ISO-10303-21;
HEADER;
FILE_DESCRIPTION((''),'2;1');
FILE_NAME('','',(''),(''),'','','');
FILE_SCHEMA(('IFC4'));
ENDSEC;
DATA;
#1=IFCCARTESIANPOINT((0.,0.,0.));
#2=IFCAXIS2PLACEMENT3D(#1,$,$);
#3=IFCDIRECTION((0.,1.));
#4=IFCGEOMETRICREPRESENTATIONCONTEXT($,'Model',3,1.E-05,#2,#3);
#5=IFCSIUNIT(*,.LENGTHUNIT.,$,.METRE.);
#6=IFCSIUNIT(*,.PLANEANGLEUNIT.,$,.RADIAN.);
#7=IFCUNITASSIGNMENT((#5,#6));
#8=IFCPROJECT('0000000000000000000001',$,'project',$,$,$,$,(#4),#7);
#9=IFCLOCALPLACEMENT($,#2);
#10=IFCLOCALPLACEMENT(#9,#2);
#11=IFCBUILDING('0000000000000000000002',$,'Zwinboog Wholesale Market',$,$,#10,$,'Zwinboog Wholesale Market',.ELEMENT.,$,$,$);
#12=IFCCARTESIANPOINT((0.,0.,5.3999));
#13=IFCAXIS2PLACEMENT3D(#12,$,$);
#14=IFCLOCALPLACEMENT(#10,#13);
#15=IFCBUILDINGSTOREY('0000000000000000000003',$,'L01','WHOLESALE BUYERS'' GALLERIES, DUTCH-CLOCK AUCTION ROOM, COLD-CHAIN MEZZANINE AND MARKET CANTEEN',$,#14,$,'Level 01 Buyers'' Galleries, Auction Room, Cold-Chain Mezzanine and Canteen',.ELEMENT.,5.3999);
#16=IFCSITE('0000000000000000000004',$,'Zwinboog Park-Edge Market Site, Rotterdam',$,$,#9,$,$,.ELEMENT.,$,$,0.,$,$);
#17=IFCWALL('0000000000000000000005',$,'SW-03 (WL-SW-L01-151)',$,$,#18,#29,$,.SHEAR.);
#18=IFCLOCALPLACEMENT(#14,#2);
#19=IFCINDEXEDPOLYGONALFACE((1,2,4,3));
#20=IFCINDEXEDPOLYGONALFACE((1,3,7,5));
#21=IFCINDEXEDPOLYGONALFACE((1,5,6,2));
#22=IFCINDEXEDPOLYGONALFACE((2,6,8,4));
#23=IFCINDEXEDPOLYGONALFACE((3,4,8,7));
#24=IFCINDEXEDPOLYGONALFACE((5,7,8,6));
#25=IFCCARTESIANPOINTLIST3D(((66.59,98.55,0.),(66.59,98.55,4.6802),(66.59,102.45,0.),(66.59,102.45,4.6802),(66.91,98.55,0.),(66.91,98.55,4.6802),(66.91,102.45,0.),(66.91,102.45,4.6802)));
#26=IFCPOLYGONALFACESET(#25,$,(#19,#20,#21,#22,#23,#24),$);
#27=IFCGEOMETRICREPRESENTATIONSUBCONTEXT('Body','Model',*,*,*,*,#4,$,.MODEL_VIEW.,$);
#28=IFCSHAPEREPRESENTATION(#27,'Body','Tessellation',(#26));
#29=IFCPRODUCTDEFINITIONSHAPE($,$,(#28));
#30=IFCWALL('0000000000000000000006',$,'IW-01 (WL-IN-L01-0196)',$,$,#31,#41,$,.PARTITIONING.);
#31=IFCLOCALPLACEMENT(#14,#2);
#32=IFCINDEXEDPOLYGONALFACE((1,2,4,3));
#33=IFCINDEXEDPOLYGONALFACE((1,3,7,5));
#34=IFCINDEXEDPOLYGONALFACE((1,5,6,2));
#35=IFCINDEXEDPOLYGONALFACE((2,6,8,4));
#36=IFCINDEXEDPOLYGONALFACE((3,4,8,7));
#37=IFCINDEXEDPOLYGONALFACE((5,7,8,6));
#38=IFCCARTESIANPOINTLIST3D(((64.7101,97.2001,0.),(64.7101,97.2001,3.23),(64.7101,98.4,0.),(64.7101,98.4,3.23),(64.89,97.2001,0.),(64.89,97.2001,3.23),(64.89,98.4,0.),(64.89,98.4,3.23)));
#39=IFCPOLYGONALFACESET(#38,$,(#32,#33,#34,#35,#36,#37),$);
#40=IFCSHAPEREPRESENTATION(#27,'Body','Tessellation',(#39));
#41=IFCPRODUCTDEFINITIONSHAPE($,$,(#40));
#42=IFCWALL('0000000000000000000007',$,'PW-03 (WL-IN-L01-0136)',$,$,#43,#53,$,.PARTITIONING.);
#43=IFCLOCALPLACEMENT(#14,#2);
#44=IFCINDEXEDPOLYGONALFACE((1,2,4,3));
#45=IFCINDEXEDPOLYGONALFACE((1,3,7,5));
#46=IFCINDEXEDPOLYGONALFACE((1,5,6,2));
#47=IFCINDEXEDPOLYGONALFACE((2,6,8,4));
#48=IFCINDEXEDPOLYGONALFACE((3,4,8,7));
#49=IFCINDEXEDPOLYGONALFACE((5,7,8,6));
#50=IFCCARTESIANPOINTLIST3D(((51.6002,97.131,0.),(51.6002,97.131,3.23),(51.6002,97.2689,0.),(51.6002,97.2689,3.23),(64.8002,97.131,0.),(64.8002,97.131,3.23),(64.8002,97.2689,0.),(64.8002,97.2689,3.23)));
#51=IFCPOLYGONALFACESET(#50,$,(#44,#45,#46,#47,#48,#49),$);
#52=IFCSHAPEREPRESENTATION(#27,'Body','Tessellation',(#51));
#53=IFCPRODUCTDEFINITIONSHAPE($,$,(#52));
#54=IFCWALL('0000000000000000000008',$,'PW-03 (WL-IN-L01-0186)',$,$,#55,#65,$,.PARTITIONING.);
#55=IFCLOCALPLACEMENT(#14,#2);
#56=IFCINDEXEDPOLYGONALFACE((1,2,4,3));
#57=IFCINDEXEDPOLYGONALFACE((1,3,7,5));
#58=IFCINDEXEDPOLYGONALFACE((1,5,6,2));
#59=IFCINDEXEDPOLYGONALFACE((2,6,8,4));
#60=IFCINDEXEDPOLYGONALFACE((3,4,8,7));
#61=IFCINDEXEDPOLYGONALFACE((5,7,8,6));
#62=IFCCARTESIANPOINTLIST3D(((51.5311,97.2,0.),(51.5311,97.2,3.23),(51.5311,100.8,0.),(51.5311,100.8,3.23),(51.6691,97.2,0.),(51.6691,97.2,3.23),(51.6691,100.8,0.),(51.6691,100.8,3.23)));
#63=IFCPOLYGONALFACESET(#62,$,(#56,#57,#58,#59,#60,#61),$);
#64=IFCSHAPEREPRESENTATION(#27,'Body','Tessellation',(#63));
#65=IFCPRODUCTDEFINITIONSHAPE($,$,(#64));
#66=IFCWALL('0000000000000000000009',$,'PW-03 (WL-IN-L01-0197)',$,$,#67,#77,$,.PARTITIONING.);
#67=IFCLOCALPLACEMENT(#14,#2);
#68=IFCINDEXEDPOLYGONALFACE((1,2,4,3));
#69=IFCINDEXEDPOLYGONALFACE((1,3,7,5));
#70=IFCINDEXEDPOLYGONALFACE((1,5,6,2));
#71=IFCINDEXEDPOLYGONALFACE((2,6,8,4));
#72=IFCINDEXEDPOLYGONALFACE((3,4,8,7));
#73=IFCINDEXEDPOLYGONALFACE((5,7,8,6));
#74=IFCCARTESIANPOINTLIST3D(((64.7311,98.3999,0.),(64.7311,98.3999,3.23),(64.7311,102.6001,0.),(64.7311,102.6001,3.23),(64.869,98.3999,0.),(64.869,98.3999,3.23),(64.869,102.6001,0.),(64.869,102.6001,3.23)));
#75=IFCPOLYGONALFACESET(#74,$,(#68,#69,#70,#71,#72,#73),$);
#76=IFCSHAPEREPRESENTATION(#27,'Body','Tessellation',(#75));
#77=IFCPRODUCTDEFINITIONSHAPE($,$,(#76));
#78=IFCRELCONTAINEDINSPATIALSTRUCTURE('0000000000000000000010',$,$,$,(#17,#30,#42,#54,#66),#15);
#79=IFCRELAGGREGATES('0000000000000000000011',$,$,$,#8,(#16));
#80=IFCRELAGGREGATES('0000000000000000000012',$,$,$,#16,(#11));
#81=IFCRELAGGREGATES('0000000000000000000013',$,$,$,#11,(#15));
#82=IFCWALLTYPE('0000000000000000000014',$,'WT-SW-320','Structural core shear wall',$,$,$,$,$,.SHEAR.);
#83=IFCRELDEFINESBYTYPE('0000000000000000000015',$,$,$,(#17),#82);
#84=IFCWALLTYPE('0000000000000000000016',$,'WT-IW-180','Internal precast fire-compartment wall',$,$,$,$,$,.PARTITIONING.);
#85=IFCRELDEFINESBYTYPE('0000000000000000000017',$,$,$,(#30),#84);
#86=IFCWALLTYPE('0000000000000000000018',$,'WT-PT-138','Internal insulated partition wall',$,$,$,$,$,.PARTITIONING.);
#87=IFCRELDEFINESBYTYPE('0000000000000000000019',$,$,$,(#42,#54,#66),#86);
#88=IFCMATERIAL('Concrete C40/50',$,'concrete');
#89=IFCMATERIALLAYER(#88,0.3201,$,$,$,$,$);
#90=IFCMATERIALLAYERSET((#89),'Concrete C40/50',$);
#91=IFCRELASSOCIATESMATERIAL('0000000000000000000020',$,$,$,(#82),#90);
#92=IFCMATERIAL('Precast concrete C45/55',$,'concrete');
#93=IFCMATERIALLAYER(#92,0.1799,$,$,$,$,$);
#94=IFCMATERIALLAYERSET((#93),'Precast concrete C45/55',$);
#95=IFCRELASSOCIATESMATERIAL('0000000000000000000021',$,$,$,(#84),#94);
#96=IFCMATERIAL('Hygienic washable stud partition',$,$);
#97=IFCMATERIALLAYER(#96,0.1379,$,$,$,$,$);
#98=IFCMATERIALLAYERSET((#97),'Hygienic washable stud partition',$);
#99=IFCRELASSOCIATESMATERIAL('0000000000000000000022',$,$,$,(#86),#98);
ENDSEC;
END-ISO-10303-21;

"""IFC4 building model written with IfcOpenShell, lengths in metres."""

from ifc_helpers import new_model, si_unit, direction, frame, frame_2d, origin, place, context, subcontext, project, spatial, rectangle, extrude, material, layer, layer_set, type_object, element, save


model = new_model("IFC4")

# Units and contexts
model_context = context("Model", 3, precision=1e-05, world=origin(), true_north=direction((0.0, 1.0)))
body_context = subcontext(model_context, "Body", "Model", "MODEL_VIEW")
ifc_project = project(units=[si_unit("LENGTHUNIT", "METRE"), si_unit("PLANEANGLEUNIT", "RADIAN")], contexts=[model_context])

# Site, building, storey
site_placement = place(None, origin())
site = spatial("IfcSite", under=ifc_project, at=site_placement, Name="Zwinboog Park-Edge Market Site, Rotterdam", CompositionType="ELEMENT", RefElevation=0.0)
building_placement = place(site_placement, origin())
building = spatial("IfcBuilding", under=site, at=building_placement, Name="Zwinboog Wholesale Market", LongName="Zwinboog Wholesale Market", CompositionType="ELEMENT")
storey_placement = place(building_placement, frame((0.0, 0.0, 5.3999)))
storey = spatial("IfcBuildingStorey", under=building, at=storey_placement, Name="L01", Description="WHOLESALE BUYERS' GALLERIES, DUTCH-CLOCK AUCTION ROOM, COLD-CHAIN MEZZANINE AND MARKET CANTEEN", LongName="Level 01 Buyers' Galleries, Auction Room, Cold-Chain Mezzanine and Canteen", CompositionType="ELEMENT", Elevation=5.3999)

# Shared definitions
ifc_material_1 = material(Name="Precast concrete C45/55", Category="concrete")

# Walls
ifc_material_2 = material(Name="Concrete C40/50", Category="concrete")
ifc_layer_1 = layer(ifc_material_2, 0.3201)
ifc_layer_set_1 = layer_set([ifc_layer_1], Name="Concrete C40/50")
wall_type_1 = type_object("IfcWallType", Name="WT-SW-320", Description="Structural core shear wall", PredefinedType="SHEAR", material=ifc_layer_set_1)
wall_1_placement = place(storey_placement, frame((66.75, 98.55, 0.0), z_axis=(0.0, 0.0, 1.0), x_axis=(0.0, 1.0, 0.0)))
element("IfcWall", 1, at=wall_1_placement, inside=storey, type_object=wall_type_1, Name="SW-03 (WL-SW-L01-151)", PredefinedType="SHEAR", context=body_context, shape_type="SweptSolid", body=[
    extrude(rectangle(XDim=3.8999, YDim=0.3201, at=frame_2d((1.95, 0.0))), origin(), (0.0, 0.0, 1.0), 4.6802),
])
ifc_layer_2 = layer(ifc_material_1, 0.1799)
ifc_layer_set_2 = layer_set([ifc_layer_2], Name="Precast concrete C45/55")
wall_type_2 = type_object("IfcWallType", Name="WT-IW-180", Description="Internal precast fire-compartment wall", PredefinedType="PARTITIONING", material=ifc_layer_set_2)
wall_2_placement = place(storey_placement, frame((64.8, 97.2, 0.0), z_axis=(0.0, 0.0, 1.0), x_axis=(0.0, 1.0, 0.0)))
element("IfcWall", 2, at=wall_2_placement, inside=storey, type_object=wall_type_2, Name="IW-01 (WL-IN-L01-0196)", PredefinedType="PARTITIONING", context=body_context, shape_type="SweptSolid", body=[
    extrude(rectangle(XDim=1.2, YDim=0.1799, at=frame_2d((0.6001, 0.0))), origin(), (0.0, 0.0, 1.0), 3.23),
])
ifc_material_3 = material(Name="Hygienic washable stud partition")
ifc_layer_3 = layer(ifc_material_3, 0.1379)
ifc_layer_set_3 = layer_set([ifc_layer_3], Name="Hygienic washable stud partition")
wall_type_3 = type_object("IfcWallType", Name="WT-PT-138", Description="Internal insulated partition wall", PredefinedType="PARTITIONING", material=ifc_layer_set_3)
wall_3_placement = place(storey_placement, frame((51.6001, 97.2, 0.0), z_axis=(0.0, 0.0, 1.0), x_axis=(1.0, 0.0, 0.0)))
element("IfcWall", 3, at=wall_3_placement, inside=storey, type_object=wall_type_3, Name="PW-03 (WL-IN-L01-0136)", PredefinedType="PARTITIONING", context=body_context, shape_type="SweptSolid", body=[
    extrude(rectangle(XDim=13.2, YDim=0.1379, at=frame_2d((6.6001, 0.0))), origin(), (0.0, 0.0, 1.0), 3.23),
])
wall_4_placement = place(storey_placement, frame((51.6001, 97.2, 0.0), z_axis=(0.0, 0.0, 1.0), x_axis=(0.0, 1.0, 0.0)))
element("IfcWall", 4, at=wall_4_placement, inside=storey, type_object=wall_type_3, Name="PW-03 (WL-IN-L01-0186)", PredefinedType="PARTITIONING", context=body_context, shape_type="SweptSolid", body=[
    extrude(rectangle(XDim=3.6001, YDim=0.1379, at=frame_2d((1.8, 0.0))), origin(), (0.0, 0.0, 1.0), 3.23),
])
wall_5_placement = place(storey_placement, frame((64.8, 98.3999, 0.0), z_axis=(0.0, 0.0, 1.0), x_axis=(0.0, 1.0, 0.0)))
element("IfcWall", 5, at=wall_5_placement, inside=storey, type_object=wall_type_3, Name="PW-03 (WL-IN-L01-0197)", PredefinedType="PARTITIONING", context=body_context, shape_type="SweptSolid", body=[
    extrude(rectangle(XDim=4.2002, YDim=0.1379, at=frame_2d((2.1001, 0.0))), origin(), (0.0, 0.0, 1.0), 3.23),
])

save(model, "model.ifc")
